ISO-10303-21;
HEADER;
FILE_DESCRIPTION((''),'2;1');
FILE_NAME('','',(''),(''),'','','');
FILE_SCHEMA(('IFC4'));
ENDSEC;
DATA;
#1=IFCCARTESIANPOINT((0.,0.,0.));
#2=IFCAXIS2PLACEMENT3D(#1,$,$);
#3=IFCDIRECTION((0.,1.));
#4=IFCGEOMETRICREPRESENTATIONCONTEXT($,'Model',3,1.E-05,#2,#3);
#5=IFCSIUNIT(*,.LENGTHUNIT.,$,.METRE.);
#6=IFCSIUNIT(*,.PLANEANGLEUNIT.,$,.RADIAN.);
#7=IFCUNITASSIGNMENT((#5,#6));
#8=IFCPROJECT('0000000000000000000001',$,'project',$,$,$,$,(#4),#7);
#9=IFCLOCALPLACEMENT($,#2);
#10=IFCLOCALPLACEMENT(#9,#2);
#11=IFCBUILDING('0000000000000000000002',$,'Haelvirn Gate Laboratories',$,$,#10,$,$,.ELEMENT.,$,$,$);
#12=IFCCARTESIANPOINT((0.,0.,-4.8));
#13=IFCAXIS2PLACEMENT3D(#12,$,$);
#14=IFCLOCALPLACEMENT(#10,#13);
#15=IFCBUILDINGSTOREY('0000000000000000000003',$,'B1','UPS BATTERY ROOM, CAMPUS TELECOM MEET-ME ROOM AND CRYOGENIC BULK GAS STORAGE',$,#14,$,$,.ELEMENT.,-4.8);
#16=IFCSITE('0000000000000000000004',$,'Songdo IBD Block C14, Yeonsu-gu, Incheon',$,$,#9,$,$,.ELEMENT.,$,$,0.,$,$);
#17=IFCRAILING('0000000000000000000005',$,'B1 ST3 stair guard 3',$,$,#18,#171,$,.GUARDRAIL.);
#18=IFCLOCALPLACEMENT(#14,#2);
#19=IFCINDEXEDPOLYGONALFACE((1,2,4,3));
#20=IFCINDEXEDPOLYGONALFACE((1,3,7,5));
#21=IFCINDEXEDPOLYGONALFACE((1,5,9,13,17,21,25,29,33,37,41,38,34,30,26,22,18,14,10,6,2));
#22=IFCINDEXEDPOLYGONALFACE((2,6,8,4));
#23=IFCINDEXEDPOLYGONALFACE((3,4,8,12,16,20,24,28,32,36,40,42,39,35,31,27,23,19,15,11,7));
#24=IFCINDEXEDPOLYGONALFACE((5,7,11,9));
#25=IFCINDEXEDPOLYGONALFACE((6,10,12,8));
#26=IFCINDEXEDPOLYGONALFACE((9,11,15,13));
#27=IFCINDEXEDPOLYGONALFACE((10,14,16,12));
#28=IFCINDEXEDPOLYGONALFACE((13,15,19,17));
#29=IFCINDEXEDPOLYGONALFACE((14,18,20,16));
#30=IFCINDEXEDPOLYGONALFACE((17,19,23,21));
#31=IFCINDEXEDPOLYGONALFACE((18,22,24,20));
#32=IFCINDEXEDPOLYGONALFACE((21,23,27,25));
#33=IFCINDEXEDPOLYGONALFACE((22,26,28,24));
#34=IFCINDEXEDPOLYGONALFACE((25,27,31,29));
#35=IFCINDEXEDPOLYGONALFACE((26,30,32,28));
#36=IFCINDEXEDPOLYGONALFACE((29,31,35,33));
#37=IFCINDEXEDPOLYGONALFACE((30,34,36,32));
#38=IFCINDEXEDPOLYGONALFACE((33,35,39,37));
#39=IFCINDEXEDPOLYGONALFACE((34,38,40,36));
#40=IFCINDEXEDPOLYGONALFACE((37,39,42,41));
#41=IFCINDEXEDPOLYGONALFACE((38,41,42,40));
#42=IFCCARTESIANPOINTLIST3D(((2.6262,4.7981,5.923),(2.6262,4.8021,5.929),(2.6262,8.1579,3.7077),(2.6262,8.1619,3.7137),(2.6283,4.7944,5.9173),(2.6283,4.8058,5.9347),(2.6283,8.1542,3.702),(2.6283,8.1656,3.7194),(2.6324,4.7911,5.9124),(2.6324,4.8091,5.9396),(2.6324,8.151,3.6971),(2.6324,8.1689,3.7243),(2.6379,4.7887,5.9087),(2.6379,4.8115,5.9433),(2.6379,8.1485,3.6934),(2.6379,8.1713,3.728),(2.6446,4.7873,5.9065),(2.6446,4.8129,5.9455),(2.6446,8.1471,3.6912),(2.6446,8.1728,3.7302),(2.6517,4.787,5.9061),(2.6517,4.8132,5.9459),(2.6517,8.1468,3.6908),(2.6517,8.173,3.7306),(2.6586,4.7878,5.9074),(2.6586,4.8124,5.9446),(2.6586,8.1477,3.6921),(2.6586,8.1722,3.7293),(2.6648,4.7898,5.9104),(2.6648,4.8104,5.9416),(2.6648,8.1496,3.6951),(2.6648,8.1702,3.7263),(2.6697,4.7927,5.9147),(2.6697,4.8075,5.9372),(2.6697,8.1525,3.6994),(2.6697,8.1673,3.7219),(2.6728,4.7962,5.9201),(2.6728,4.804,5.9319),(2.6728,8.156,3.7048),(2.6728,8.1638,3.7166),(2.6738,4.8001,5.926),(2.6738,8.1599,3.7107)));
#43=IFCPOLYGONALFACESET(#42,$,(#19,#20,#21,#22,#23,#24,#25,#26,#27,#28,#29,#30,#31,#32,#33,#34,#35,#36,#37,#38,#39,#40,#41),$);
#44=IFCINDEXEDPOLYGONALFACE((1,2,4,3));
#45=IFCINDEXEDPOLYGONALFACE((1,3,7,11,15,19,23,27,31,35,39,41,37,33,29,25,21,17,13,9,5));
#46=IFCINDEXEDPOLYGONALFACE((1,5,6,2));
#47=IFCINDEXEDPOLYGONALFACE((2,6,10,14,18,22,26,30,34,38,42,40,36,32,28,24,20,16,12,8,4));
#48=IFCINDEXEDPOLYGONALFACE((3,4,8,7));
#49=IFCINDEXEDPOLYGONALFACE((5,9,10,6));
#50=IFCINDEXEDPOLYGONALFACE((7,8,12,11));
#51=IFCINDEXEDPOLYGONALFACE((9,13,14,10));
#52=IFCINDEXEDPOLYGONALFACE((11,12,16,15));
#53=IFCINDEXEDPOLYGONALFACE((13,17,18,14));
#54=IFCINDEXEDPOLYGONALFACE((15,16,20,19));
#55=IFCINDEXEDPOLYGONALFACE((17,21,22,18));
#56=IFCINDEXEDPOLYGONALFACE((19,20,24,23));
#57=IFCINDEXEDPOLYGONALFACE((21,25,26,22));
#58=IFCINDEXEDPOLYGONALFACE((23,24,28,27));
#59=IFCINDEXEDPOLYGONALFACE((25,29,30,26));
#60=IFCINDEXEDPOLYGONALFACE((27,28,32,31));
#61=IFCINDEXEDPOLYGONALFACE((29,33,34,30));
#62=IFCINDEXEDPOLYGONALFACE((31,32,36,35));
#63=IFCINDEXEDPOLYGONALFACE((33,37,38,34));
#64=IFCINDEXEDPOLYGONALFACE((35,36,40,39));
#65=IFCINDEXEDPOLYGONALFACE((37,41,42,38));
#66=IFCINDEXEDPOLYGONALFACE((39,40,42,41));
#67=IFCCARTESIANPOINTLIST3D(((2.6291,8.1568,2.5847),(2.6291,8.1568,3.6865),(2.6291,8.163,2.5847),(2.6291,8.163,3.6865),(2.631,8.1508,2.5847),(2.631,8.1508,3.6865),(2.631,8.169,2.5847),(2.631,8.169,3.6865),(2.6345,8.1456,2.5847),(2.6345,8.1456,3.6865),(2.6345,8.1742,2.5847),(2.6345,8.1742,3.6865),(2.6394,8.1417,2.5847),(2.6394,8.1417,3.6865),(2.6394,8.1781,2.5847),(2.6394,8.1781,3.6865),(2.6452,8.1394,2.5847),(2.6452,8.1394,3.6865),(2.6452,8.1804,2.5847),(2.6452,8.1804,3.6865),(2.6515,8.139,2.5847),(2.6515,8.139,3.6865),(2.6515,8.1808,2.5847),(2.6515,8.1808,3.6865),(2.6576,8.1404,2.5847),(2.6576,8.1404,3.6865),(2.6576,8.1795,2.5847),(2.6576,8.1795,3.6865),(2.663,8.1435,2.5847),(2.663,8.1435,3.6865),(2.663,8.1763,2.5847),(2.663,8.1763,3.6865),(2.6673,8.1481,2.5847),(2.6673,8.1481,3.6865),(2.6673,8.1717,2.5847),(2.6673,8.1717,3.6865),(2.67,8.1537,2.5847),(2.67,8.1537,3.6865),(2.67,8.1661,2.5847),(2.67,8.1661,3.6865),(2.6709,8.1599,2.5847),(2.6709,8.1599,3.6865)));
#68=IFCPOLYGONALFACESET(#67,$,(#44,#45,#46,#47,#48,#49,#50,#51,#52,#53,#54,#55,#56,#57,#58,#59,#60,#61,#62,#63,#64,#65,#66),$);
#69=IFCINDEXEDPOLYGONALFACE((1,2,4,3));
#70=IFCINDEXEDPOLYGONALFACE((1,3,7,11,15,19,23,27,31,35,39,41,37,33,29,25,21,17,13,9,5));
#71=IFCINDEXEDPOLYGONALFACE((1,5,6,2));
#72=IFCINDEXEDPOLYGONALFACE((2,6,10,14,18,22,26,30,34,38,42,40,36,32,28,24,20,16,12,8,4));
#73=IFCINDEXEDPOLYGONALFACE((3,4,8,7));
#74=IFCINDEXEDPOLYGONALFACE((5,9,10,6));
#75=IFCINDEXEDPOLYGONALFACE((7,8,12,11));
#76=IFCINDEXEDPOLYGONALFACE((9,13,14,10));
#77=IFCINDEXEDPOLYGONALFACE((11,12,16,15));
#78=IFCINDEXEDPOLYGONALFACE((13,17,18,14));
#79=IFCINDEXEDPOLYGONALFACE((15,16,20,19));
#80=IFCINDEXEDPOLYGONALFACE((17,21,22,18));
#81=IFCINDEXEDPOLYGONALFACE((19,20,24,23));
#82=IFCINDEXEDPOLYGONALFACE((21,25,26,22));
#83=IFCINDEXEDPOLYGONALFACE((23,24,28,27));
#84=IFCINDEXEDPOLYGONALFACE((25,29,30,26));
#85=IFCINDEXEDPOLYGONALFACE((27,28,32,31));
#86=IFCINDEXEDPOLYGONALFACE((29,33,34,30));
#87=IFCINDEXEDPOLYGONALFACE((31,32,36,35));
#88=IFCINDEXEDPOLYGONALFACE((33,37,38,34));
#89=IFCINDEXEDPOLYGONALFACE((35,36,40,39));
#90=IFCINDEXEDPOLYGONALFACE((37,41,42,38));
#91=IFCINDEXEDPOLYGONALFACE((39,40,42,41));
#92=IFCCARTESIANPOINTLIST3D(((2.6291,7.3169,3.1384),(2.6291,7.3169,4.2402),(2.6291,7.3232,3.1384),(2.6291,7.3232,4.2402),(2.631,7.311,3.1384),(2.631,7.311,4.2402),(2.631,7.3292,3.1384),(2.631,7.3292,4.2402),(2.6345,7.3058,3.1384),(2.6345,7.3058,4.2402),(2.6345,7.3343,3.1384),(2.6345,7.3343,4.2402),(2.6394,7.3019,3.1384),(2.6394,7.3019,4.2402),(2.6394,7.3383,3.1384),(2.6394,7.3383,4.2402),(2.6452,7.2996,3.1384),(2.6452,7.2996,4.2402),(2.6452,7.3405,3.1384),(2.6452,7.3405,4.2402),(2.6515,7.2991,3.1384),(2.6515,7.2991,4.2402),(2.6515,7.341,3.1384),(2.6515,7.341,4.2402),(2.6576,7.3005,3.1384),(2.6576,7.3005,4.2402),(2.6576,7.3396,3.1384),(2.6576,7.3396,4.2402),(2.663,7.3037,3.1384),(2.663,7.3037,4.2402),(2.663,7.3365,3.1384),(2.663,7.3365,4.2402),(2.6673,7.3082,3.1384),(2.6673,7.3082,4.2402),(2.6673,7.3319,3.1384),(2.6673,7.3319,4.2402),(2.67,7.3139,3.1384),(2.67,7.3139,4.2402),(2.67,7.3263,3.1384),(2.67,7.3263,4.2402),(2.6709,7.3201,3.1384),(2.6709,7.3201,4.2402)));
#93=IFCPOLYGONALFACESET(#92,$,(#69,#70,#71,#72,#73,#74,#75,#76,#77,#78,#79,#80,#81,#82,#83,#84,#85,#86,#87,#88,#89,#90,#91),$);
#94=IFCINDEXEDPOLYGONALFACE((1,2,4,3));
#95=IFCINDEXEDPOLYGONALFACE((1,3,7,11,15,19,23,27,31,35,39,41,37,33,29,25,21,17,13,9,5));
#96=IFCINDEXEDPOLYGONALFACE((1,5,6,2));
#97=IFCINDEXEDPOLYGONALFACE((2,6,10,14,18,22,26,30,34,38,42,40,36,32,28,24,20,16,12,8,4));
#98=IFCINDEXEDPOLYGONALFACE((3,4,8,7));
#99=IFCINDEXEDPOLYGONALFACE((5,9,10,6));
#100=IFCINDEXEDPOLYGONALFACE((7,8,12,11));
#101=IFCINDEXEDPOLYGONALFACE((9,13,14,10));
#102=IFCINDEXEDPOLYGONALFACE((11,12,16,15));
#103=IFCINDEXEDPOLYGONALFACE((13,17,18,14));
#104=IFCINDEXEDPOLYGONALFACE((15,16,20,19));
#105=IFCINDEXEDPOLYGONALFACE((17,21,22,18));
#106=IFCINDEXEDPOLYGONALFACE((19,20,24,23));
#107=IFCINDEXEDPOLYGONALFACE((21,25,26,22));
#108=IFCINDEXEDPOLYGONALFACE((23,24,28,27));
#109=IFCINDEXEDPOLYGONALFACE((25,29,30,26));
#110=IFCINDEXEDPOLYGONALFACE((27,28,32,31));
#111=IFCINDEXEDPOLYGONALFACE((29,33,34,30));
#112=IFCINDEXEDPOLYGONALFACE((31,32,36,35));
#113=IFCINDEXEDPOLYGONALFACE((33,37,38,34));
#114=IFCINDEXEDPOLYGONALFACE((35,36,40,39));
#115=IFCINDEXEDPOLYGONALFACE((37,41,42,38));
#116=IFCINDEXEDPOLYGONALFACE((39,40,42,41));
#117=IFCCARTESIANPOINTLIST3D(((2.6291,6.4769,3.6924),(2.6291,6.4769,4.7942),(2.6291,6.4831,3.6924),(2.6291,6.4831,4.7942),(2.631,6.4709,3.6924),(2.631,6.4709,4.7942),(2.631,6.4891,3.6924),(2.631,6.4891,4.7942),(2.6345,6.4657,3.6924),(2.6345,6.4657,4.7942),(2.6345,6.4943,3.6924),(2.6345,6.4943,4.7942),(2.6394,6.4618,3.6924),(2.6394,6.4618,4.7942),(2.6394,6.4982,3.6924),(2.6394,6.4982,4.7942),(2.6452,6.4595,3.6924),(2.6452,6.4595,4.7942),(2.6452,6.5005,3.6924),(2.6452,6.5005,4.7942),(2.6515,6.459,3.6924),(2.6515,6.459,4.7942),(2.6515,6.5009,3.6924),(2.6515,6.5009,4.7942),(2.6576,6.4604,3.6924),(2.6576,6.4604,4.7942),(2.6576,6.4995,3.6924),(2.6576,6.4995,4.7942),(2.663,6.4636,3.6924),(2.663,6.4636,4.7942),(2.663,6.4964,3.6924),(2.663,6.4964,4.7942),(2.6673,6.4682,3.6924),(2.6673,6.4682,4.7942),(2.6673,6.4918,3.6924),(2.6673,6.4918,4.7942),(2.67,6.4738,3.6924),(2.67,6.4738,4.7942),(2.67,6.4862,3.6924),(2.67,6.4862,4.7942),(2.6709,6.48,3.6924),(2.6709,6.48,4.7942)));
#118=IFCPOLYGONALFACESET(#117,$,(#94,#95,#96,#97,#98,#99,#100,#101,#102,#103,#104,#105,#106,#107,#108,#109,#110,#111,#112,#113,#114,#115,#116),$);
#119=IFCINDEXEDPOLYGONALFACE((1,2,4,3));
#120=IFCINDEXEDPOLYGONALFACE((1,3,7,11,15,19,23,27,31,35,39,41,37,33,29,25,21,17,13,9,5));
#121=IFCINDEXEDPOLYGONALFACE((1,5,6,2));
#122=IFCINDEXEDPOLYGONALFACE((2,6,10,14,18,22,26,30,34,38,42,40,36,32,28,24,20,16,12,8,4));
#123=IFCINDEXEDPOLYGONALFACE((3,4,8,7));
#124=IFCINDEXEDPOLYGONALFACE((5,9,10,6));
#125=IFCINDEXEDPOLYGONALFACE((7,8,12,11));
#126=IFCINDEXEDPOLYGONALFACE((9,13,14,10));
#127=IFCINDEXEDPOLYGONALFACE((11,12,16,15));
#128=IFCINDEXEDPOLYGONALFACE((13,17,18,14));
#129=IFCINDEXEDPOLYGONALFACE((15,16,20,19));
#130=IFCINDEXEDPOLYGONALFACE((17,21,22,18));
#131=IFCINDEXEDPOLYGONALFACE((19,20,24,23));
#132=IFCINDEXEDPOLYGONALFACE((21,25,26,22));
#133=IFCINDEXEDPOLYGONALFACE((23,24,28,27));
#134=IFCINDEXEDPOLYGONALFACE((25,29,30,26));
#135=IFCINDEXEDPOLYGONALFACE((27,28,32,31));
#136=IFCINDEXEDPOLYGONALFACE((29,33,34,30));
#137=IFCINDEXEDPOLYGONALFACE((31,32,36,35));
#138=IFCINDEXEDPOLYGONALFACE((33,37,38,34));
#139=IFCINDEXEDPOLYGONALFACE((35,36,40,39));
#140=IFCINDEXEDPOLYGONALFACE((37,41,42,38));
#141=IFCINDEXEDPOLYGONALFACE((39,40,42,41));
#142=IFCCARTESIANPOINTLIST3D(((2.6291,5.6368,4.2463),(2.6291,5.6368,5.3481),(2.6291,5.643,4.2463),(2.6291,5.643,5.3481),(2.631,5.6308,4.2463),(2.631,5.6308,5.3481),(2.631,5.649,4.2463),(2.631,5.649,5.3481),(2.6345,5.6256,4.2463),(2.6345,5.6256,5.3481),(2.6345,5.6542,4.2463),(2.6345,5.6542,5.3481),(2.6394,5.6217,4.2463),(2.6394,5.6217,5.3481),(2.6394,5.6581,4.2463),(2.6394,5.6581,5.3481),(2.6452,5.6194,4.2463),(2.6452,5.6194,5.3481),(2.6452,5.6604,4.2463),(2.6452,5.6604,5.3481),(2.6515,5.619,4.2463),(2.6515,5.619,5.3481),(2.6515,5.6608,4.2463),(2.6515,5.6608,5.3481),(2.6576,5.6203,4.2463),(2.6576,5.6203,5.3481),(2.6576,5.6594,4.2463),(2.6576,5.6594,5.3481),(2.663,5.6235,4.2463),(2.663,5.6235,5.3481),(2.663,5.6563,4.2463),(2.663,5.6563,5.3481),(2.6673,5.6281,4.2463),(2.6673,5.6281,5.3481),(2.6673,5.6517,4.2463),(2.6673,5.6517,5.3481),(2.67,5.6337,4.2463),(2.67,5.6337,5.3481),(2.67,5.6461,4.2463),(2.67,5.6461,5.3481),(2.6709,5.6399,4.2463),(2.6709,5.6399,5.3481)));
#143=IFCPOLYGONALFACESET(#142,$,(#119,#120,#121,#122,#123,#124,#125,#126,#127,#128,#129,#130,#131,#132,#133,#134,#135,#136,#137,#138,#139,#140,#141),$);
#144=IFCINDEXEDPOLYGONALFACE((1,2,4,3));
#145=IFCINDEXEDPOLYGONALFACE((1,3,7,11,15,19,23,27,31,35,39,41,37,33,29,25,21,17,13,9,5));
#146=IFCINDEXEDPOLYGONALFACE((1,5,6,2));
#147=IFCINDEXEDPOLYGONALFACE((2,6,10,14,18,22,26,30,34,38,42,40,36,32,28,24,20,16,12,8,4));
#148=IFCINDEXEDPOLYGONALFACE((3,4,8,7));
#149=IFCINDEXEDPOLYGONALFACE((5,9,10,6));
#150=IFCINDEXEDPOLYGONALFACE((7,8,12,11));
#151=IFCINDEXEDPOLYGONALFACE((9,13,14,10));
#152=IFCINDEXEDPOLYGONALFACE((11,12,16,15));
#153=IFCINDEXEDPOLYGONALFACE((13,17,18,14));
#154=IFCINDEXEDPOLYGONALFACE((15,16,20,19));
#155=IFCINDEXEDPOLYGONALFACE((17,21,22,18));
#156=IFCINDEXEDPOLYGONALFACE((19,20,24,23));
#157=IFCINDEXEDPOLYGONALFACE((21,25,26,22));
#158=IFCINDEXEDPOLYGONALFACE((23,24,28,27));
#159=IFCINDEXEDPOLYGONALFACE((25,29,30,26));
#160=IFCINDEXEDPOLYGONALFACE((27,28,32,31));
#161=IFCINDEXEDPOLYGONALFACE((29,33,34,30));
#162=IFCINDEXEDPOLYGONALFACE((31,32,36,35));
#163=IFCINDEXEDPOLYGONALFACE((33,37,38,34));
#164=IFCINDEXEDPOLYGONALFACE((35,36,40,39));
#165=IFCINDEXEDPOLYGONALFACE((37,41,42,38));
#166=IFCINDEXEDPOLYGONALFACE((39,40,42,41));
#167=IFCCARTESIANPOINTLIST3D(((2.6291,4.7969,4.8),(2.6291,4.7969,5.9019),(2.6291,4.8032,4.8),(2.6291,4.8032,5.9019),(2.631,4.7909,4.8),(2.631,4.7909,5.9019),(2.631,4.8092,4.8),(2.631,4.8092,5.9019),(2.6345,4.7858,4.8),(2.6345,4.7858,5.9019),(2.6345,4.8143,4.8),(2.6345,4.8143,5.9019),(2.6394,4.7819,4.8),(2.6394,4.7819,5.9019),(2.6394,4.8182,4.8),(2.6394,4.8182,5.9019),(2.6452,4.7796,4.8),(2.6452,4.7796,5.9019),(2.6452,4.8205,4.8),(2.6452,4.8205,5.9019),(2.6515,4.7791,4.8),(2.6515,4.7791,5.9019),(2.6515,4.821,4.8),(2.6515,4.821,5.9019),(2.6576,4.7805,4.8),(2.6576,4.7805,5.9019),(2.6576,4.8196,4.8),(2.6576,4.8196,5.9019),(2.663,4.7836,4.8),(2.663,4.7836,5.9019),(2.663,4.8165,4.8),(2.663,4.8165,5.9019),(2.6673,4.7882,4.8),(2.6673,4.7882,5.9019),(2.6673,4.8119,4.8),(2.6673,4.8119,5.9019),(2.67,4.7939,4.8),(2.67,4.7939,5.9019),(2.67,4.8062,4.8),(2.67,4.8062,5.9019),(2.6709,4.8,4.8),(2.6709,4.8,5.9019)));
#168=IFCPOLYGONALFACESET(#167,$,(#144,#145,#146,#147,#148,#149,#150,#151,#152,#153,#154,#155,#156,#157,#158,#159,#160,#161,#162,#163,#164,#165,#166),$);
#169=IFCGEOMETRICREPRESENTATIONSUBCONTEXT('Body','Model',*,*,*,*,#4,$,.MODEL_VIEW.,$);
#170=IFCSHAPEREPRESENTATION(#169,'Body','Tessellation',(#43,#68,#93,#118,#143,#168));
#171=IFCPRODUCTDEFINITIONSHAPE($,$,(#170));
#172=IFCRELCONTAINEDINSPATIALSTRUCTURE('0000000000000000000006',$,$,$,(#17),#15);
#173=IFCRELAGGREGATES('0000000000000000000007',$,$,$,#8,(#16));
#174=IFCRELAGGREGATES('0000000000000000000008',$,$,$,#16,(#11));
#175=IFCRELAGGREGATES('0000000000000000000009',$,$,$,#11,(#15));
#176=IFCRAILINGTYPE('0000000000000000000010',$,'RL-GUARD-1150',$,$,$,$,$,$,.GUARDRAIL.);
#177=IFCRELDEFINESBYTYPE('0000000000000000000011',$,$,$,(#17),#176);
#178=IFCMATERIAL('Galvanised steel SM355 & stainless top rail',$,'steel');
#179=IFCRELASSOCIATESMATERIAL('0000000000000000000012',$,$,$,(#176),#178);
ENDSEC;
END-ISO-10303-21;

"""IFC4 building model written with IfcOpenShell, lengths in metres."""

from ifc_helpers import new_model, si_unit, direction, frame, origin, origin_2d, place, context, subcontext, project, spatial, circle, extrude, source, transform, mapped, material, type_object, element, save


model = new_model("IFC4")

# Units and contexts
model_context = context("Model", 3, precision=1e-05, world=origin(), true_north=direction((0.0, 1.0)))
body_context = subcontext(model_context, "Body", "Model", "MODEL_VIEW")
ifc_project = project(units=[si_unit("LENGTHUNIT", "METRE"), si_unit("PLANEANGLEUNIT", "RADIAN")], contexts=[model_context])

# Site, building, storey
site_placement = place(None, origin())
site = spatial("IfcSite", under=ifc_project, at=site_placement, Name="Songdo IBD Block C14, Yeonsu-gu, Incheon", CompositionType="ELEMENT", RefElevation=0.0)
building_placement = place(site_placement, origin())
building = spatial("IfcBuilding", under=site, at=building_placement, Name="Haelvirn Gate Laboratories", CompositionType="ELEMENT")
storey_placement = place(building_placement, frame((0.0, 0.0, -4.8)))
storey = spatial("IfcBuildingStorey", under=building, at=storey_placement, Name="B1", Description="UPS BATTERY ROOM, CAMPUS TELECOM MEET-ME ROOM AND CRYOGENIC BULK GAS STORAGE", CompositionType="ELEMENT", Elevation=-4.8)

# Railing
ifc_material_1 = material(Name="Galvanised steel SM355 & stainless top rail", Category="steel")
railing_type_1 = type_object("IfcRailingType", Name="RL-GUARD-1150", PredefinedType="GUARDRAIL", material=ifc_material_1)
shared_shape_1 = source(origin(), body_context, "Body", "SweptSolid", [
    extrude(circle(Radius=0.0239, at=origin_2d()), frame((0.0, 0.0, 1.126), z_axis=(0.0, -0.834858, 0.550465), x_axis=(1.0, 0.0, 0.0)), (0.0, 0.0, 1.0), 4.0244),
    extrude(circle(Radius=0.021, at=origin_2d()), origin(), (0.0, 0.0, 1.0), 1.1018),
    extrude(circle(Radius=0.021, at=origin_2d()), frame((0.0, -0.8398, 0.5537)), (0.0, 0.0, 1.0), 1.1018),
    extrude(circle(Radius=0.021, at=origin_2d()), frame((0.0, -1.6799, 1.1077)), (0.0, 0.0, 1.0), 1.1018),
    extrude(circle(Radius=0.021, at=origin_2d()), frame((0.0, -2.52, 1.6616)), (0.0, 0.0, 1.0), 1.1018),
    extrude(circle(Radius=0.021, at=origin_2d()), frame((0.0, -3.3599, 2.2153)), (0.0, 0.0, 1.0), 1.1018),
])
railing_1_placement = place(storey_placement, frame((2.6499, 8.1599, 2.5847)))
element("IfcRailing", 1, at=railing_1_placement, inside=storey, type_object=railing_type_1, Name="B1 ST3 stair guard 3", PredefinedType="GUARDRAIL", context=body_context, shape_type="MappedRepresentation", body=[
    mapped(shared_shape_1, transform((0.0, 0.0, 0.0), scale=1.0)),
])

save(model, "model.ifc")
